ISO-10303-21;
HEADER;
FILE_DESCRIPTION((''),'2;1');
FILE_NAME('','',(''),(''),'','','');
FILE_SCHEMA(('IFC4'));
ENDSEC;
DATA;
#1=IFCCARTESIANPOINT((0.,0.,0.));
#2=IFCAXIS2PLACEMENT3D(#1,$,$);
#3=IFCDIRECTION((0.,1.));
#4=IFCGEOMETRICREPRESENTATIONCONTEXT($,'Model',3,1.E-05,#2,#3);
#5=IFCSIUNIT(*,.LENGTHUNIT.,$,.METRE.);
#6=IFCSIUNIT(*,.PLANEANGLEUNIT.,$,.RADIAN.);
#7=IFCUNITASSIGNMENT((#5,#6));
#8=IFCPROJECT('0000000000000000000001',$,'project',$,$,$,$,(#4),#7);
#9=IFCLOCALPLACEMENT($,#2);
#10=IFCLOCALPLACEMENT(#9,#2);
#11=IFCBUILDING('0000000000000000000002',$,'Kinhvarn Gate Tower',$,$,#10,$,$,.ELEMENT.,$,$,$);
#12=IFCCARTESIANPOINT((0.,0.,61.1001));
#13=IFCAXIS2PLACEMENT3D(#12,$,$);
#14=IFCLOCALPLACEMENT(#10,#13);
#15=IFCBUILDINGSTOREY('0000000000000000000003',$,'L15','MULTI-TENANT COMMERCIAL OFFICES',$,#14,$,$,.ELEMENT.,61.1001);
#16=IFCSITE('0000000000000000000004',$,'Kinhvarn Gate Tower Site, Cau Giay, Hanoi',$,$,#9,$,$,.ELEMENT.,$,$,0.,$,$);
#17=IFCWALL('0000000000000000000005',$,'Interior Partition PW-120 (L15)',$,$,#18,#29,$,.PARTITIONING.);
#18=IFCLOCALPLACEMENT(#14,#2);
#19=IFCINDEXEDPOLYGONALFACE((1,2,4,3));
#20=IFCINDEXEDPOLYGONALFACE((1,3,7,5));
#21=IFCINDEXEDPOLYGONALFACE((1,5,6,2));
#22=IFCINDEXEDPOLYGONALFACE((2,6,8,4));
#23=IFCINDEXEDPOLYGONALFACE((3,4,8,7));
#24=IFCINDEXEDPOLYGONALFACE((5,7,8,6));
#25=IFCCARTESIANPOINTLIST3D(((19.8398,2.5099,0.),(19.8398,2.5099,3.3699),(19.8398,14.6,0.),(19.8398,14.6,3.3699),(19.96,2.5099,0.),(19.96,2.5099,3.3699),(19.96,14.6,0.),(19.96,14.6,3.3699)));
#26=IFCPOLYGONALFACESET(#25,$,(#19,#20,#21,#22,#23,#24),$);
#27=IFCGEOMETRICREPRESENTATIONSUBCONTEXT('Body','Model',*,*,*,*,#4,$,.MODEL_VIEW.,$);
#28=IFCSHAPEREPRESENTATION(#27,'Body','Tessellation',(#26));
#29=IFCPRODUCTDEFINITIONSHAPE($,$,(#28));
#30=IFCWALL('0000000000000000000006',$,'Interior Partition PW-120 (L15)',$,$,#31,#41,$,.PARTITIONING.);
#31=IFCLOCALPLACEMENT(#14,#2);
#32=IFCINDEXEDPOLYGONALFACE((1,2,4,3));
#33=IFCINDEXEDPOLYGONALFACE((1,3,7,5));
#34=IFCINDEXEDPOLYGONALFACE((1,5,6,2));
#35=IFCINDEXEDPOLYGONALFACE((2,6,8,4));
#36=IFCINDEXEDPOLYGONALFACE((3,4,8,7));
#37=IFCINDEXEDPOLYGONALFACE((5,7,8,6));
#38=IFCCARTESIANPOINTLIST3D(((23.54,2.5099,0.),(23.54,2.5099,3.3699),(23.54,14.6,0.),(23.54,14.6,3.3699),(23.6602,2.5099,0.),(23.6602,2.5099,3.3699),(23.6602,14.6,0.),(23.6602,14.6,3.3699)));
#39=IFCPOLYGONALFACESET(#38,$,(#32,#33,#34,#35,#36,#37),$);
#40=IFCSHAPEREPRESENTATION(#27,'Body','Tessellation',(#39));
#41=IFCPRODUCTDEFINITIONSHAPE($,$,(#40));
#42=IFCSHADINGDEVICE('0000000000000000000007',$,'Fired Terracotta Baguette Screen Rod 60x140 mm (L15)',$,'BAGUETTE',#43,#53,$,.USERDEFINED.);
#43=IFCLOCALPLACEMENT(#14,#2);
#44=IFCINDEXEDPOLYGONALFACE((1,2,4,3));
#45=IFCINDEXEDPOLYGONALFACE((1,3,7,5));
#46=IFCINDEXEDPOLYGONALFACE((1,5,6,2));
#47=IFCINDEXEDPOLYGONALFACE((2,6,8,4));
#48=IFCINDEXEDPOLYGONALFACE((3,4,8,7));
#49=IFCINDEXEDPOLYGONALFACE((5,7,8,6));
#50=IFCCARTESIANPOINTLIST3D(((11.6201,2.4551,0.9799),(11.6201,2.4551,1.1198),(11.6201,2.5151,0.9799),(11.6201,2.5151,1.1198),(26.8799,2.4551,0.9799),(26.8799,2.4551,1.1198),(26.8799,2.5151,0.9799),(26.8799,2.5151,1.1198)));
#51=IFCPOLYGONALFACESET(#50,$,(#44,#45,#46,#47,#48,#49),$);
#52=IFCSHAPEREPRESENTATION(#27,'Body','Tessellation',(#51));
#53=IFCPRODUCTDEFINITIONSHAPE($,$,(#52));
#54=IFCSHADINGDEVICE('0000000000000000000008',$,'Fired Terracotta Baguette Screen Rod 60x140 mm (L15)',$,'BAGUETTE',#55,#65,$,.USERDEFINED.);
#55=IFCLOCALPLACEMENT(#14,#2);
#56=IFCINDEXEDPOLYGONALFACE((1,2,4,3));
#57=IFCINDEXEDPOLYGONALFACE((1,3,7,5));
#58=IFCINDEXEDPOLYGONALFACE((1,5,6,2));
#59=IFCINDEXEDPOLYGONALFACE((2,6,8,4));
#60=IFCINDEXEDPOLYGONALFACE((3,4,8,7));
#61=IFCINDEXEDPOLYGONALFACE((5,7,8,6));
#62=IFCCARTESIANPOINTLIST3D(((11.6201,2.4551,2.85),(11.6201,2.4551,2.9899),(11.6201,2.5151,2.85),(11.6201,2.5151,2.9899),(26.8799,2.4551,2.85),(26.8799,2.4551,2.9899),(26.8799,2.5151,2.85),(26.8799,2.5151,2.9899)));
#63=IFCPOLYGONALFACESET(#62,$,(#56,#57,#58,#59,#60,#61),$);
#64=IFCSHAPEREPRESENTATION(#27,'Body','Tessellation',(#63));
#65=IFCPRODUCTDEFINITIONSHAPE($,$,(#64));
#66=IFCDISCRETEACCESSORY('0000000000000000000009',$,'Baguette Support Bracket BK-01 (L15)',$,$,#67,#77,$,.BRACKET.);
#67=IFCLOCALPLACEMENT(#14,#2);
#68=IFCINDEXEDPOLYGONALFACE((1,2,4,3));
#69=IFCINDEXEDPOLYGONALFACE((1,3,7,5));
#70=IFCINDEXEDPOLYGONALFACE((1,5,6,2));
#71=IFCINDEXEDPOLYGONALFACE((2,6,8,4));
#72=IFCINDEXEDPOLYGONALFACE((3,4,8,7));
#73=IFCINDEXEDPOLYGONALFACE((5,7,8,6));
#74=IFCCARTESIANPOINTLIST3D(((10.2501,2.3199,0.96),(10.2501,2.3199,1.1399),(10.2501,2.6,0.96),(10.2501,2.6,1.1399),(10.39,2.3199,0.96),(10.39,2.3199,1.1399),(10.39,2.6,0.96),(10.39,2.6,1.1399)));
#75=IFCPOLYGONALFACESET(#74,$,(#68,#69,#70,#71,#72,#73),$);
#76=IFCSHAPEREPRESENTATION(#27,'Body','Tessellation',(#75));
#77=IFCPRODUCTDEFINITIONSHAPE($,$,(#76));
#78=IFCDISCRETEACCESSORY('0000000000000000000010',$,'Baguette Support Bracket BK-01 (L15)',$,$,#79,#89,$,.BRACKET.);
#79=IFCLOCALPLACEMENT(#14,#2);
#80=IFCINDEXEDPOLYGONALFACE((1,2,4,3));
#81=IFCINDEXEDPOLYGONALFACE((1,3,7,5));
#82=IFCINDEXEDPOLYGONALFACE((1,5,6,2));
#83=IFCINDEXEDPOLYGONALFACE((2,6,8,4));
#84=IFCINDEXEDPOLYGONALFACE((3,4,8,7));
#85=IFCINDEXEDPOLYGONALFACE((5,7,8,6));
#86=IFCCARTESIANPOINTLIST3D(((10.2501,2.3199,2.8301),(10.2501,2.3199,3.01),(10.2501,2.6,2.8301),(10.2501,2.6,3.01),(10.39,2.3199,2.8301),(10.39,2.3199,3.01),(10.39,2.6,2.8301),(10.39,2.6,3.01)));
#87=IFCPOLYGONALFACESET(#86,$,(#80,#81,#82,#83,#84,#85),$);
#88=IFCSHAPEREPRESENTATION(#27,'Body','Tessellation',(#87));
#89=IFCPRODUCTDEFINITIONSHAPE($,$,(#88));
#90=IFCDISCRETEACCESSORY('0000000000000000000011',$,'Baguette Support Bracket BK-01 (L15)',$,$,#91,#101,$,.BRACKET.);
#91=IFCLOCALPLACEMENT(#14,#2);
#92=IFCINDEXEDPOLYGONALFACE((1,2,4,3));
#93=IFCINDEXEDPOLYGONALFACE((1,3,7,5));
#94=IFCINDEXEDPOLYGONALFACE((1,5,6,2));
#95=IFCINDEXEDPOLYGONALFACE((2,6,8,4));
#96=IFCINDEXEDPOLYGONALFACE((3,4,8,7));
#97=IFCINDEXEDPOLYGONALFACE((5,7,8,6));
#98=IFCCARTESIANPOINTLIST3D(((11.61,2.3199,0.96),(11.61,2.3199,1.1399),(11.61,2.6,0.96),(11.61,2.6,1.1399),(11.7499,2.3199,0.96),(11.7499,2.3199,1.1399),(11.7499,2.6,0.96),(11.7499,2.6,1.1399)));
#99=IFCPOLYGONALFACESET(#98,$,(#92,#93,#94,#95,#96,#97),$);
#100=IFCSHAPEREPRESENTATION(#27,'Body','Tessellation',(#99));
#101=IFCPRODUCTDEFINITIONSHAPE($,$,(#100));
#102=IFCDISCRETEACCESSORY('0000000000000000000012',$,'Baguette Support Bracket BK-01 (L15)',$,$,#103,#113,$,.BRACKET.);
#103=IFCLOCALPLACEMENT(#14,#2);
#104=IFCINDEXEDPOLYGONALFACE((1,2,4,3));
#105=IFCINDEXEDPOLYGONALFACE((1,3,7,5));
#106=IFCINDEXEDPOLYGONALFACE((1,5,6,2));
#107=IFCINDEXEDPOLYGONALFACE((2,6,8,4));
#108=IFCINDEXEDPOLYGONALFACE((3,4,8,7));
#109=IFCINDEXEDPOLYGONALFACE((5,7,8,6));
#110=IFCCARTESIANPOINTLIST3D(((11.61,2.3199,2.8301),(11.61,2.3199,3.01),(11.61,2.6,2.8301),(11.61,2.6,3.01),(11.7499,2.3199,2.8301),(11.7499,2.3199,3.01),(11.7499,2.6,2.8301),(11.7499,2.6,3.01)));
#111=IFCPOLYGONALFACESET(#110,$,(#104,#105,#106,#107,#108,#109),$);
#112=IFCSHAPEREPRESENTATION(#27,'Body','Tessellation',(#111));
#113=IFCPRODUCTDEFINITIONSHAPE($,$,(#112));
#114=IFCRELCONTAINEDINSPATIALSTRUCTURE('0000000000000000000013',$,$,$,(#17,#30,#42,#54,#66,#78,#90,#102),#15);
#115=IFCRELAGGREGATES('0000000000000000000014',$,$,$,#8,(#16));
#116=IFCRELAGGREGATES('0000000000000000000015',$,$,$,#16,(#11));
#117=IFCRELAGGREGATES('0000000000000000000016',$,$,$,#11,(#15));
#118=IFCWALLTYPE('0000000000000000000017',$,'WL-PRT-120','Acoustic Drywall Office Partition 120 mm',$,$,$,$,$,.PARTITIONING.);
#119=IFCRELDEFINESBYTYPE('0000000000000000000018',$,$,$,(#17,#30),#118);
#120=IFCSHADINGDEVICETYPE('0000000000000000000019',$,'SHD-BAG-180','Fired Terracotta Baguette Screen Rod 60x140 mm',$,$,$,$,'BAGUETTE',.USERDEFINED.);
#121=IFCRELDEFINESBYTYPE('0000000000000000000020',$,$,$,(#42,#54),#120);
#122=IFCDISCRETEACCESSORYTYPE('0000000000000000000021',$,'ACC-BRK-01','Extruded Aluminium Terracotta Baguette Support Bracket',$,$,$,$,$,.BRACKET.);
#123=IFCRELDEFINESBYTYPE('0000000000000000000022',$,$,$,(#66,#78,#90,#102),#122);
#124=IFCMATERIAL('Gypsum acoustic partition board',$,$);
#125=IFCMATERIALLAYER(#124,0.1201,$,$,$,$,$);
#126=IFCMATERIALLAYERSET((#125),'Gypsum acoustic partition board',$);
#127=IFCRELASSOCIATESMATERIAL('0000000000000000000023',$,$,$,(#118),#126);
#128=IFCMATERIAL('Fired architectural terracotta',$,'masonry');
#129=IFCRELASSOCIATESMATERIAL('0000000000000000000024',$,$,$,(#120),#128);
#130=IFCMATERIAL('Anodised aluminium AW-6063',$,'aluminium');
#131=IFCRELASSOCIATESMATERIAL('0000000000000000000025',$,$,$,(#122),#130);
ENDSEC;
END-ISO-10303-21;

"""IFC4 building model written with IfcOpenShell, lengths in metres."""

from ifc_helpers import new_model, si_unit, direction, frame, frame_2d, origin, origin_2d, place, context, subcontext, project, spatial, rectangle, extrude, material, layer, layer_set, material_profile, profile_set, type_object, element, save


model = new_model("IFC4")

# Units and contexts
model_context = context("Model", 3, precision=1e-05, world=origin(), true_north=direction((0.0, 1.0)))
body_context = subcontext(model_context, "Body", "Model", "MODEL_VIEW")
ifc_project = project(units=[si_unit("LENGTHUNIT", "METRE"), si_unit("PLANEANGLEUNIT", "RADIAN")], contexts=[model_context])

# Site, building, storey
site_placement = place(None, origin())
site = spatial("IfcSite", under=ifc_project, at=site_placement, Name="Kinhvarn Gate Tower Site, Cau Giay, Hanoi", CompositionType="ELEMENT", RefElevation=0.0)
building_placement = place(site_placement, origin())
building = spatial("IfcBuilding", under=site, at=building_placement, Name="Kinhvarn Gate Tower", CompositionType="ELEMENT")
storey_placement = place(building_placement, frame((0.0, 0.0, 61.1001)))
storey = spatial("IfcBuildingStorey", under=building, at=storey_placement, Name="L15", Description="MULTI-TENANT COMMERCIAL OFFICES", CompositionType="ELEMENT", Elevation=61.1001)

# Shared definitions
ifc_material_1 = material(Name="Anodised aluminium AW-6063", Category="aluminium")

# Walls
ifc_material_2 = material(Name="Gypsum acoustic partition board")
ifc_layer_1 = layer(ifc_material_2, 0.1201)
ifc_layer_set_1 = layer_set([ifc_layer_1], Name="Gypsum acoustic partition board")
wall_type = type_object("IfcWallType", Name="WL-PRT-120", Description="Acoustic Drywall Office Partition 120 mm", PredefinedType="PARTITIONING", material=ifc_layer_set_1)
for number, where, z_axis, x_axis, name in (
    (1, (19.8999, 2.51, 0.0), (0.0, 0.0, 1.0), (0.0, 1.0, 0.0), "Interior Partition PW-120 (L15)"),
    (2, (23.6001, 2.51, 0.0), (0.0, 0.0, 1.0), (0.0, 1.0, 0.0), "Interior Partition PW-120 (L15)"),
):
    element("IfcWall", number, at=place(storey_placement, frame(where, z_axis=z_axis, x_axis=x_axis)), inside=storey, type_object=wall_type, Name=name, PredefinedType="PARTITIONING", context=body_context, shape_type="SweptSolid", body=[
        extrude(rectangle(XDim=12.0901, YDim=0.1201, at=frame_2d((6.0449, 0.0))), origin(), (0.0, 0.0, 1.0), 3.3699),
    ])

# Shading devices
ifc_material_3 = material(Name="Fired architectural terracotta", Category="masonry")
ifc_material_profile_1 = material_profile(ifc_material_3, rectangle(XDim=0.0601, YDim=0.1399, at=origin_2d()), Name="TC 60x140")
ifc_profile_set_1 = profile_set([ifc_material_profile_1], Name="Fired architectural terracotta")
shading_device_type = type_object("IfcShadingDeviceType", Name="SHD-BAG-180", Description="Fired Terracotta Baguette Screen Rod 60x140 mm", ElementType="BAGUETTE", PredefinedType="USERDEFINED", material=ifc_profile_set_1)
for number, where, z_axis, x_axis, name in (
    (3, (11.6201, 2.4851, 1.0498), (1.0, 0.0, 0.0), (0.0, 1.0, 0.0), "Fired Terracotta Baguette Screen Rod 60x140 mm (L15)"),
    (4, (11.6201, 2.4851, 2.9199), (1.0, 0.0, 0.0), (0.0, 1.0, 0.0), "Fired Terracotta Baguette Screen Rod 60x140 mm (L15)"),
):
    element("IfcShadingDevice", number, at=place(storey_placement, frame(where, z_axis=z_axis, x_axis=x_axis)), inside=storey, type_object=shading_device_type, Name=name, ObjectType="BAGUETTE", PredefinedType="USERDEFINED", context=body_context, shape_type="SweptSolid", body=[
        extrude(rectangle(XDim=0.0601, YDim=0.1399, at=origin_2d()), origin(), (0.0, 0.0, 1.0), 15.2598),
    ])

# Discrete accessories
discrete_accessory_type = type_object("IfcDiscreteAccessoryType", Name="ACC-BRK-01", Description="Extruded Aluminium Terracotta Baguette Support Bracket", PredefinedType="BRACKET", material=ifc_material_1)
for number, where, z_axis, x_axis, name in (
    (5, (10.3201, 2.46, 0.96), (0.0, 0.0, 1.0), (1.0, 0.0, 0.0), "Baguette Support Bracket BK-01 (L15)"),
    (6, (10.3201, 2.46, 2.8301), (0.0, 0.0, 1.0), (1.0, 0.0, 0.0), "Baguette Support Bracket BK-01 (L15)"),
    (7, (11.6799, 2.46, 0.96), (0.0, 0.0, 1.0), (1.0, 0.0, 0.0), "Baguette Support Bracket BK-01 (L15)"),
    (8, (11.6799, 2.46, 2.8301), (0.0, 0.0, 1.0), (1.0, 0.0, 0.0), "Baguette Support Bracket BK-01 (L15)"),
):
    element("IfcDiscreteAccessory", number, at=place(storey_placement, frame(where, z_axis=z_axis, x_axis=x_axis)), inside=storey, type_object=discrete_accessory_type, Name=name, PredefinedType="BRACKET", context=body_context, shape_type="SweptSolid", body=[
        extrude(rectangle(XDim=0.1399, YDim=0.28, at=origin_2d()), origin(), (0.0, 0.0, 1.0), 0.1799),
    ])

save(model, "model.ifc")
